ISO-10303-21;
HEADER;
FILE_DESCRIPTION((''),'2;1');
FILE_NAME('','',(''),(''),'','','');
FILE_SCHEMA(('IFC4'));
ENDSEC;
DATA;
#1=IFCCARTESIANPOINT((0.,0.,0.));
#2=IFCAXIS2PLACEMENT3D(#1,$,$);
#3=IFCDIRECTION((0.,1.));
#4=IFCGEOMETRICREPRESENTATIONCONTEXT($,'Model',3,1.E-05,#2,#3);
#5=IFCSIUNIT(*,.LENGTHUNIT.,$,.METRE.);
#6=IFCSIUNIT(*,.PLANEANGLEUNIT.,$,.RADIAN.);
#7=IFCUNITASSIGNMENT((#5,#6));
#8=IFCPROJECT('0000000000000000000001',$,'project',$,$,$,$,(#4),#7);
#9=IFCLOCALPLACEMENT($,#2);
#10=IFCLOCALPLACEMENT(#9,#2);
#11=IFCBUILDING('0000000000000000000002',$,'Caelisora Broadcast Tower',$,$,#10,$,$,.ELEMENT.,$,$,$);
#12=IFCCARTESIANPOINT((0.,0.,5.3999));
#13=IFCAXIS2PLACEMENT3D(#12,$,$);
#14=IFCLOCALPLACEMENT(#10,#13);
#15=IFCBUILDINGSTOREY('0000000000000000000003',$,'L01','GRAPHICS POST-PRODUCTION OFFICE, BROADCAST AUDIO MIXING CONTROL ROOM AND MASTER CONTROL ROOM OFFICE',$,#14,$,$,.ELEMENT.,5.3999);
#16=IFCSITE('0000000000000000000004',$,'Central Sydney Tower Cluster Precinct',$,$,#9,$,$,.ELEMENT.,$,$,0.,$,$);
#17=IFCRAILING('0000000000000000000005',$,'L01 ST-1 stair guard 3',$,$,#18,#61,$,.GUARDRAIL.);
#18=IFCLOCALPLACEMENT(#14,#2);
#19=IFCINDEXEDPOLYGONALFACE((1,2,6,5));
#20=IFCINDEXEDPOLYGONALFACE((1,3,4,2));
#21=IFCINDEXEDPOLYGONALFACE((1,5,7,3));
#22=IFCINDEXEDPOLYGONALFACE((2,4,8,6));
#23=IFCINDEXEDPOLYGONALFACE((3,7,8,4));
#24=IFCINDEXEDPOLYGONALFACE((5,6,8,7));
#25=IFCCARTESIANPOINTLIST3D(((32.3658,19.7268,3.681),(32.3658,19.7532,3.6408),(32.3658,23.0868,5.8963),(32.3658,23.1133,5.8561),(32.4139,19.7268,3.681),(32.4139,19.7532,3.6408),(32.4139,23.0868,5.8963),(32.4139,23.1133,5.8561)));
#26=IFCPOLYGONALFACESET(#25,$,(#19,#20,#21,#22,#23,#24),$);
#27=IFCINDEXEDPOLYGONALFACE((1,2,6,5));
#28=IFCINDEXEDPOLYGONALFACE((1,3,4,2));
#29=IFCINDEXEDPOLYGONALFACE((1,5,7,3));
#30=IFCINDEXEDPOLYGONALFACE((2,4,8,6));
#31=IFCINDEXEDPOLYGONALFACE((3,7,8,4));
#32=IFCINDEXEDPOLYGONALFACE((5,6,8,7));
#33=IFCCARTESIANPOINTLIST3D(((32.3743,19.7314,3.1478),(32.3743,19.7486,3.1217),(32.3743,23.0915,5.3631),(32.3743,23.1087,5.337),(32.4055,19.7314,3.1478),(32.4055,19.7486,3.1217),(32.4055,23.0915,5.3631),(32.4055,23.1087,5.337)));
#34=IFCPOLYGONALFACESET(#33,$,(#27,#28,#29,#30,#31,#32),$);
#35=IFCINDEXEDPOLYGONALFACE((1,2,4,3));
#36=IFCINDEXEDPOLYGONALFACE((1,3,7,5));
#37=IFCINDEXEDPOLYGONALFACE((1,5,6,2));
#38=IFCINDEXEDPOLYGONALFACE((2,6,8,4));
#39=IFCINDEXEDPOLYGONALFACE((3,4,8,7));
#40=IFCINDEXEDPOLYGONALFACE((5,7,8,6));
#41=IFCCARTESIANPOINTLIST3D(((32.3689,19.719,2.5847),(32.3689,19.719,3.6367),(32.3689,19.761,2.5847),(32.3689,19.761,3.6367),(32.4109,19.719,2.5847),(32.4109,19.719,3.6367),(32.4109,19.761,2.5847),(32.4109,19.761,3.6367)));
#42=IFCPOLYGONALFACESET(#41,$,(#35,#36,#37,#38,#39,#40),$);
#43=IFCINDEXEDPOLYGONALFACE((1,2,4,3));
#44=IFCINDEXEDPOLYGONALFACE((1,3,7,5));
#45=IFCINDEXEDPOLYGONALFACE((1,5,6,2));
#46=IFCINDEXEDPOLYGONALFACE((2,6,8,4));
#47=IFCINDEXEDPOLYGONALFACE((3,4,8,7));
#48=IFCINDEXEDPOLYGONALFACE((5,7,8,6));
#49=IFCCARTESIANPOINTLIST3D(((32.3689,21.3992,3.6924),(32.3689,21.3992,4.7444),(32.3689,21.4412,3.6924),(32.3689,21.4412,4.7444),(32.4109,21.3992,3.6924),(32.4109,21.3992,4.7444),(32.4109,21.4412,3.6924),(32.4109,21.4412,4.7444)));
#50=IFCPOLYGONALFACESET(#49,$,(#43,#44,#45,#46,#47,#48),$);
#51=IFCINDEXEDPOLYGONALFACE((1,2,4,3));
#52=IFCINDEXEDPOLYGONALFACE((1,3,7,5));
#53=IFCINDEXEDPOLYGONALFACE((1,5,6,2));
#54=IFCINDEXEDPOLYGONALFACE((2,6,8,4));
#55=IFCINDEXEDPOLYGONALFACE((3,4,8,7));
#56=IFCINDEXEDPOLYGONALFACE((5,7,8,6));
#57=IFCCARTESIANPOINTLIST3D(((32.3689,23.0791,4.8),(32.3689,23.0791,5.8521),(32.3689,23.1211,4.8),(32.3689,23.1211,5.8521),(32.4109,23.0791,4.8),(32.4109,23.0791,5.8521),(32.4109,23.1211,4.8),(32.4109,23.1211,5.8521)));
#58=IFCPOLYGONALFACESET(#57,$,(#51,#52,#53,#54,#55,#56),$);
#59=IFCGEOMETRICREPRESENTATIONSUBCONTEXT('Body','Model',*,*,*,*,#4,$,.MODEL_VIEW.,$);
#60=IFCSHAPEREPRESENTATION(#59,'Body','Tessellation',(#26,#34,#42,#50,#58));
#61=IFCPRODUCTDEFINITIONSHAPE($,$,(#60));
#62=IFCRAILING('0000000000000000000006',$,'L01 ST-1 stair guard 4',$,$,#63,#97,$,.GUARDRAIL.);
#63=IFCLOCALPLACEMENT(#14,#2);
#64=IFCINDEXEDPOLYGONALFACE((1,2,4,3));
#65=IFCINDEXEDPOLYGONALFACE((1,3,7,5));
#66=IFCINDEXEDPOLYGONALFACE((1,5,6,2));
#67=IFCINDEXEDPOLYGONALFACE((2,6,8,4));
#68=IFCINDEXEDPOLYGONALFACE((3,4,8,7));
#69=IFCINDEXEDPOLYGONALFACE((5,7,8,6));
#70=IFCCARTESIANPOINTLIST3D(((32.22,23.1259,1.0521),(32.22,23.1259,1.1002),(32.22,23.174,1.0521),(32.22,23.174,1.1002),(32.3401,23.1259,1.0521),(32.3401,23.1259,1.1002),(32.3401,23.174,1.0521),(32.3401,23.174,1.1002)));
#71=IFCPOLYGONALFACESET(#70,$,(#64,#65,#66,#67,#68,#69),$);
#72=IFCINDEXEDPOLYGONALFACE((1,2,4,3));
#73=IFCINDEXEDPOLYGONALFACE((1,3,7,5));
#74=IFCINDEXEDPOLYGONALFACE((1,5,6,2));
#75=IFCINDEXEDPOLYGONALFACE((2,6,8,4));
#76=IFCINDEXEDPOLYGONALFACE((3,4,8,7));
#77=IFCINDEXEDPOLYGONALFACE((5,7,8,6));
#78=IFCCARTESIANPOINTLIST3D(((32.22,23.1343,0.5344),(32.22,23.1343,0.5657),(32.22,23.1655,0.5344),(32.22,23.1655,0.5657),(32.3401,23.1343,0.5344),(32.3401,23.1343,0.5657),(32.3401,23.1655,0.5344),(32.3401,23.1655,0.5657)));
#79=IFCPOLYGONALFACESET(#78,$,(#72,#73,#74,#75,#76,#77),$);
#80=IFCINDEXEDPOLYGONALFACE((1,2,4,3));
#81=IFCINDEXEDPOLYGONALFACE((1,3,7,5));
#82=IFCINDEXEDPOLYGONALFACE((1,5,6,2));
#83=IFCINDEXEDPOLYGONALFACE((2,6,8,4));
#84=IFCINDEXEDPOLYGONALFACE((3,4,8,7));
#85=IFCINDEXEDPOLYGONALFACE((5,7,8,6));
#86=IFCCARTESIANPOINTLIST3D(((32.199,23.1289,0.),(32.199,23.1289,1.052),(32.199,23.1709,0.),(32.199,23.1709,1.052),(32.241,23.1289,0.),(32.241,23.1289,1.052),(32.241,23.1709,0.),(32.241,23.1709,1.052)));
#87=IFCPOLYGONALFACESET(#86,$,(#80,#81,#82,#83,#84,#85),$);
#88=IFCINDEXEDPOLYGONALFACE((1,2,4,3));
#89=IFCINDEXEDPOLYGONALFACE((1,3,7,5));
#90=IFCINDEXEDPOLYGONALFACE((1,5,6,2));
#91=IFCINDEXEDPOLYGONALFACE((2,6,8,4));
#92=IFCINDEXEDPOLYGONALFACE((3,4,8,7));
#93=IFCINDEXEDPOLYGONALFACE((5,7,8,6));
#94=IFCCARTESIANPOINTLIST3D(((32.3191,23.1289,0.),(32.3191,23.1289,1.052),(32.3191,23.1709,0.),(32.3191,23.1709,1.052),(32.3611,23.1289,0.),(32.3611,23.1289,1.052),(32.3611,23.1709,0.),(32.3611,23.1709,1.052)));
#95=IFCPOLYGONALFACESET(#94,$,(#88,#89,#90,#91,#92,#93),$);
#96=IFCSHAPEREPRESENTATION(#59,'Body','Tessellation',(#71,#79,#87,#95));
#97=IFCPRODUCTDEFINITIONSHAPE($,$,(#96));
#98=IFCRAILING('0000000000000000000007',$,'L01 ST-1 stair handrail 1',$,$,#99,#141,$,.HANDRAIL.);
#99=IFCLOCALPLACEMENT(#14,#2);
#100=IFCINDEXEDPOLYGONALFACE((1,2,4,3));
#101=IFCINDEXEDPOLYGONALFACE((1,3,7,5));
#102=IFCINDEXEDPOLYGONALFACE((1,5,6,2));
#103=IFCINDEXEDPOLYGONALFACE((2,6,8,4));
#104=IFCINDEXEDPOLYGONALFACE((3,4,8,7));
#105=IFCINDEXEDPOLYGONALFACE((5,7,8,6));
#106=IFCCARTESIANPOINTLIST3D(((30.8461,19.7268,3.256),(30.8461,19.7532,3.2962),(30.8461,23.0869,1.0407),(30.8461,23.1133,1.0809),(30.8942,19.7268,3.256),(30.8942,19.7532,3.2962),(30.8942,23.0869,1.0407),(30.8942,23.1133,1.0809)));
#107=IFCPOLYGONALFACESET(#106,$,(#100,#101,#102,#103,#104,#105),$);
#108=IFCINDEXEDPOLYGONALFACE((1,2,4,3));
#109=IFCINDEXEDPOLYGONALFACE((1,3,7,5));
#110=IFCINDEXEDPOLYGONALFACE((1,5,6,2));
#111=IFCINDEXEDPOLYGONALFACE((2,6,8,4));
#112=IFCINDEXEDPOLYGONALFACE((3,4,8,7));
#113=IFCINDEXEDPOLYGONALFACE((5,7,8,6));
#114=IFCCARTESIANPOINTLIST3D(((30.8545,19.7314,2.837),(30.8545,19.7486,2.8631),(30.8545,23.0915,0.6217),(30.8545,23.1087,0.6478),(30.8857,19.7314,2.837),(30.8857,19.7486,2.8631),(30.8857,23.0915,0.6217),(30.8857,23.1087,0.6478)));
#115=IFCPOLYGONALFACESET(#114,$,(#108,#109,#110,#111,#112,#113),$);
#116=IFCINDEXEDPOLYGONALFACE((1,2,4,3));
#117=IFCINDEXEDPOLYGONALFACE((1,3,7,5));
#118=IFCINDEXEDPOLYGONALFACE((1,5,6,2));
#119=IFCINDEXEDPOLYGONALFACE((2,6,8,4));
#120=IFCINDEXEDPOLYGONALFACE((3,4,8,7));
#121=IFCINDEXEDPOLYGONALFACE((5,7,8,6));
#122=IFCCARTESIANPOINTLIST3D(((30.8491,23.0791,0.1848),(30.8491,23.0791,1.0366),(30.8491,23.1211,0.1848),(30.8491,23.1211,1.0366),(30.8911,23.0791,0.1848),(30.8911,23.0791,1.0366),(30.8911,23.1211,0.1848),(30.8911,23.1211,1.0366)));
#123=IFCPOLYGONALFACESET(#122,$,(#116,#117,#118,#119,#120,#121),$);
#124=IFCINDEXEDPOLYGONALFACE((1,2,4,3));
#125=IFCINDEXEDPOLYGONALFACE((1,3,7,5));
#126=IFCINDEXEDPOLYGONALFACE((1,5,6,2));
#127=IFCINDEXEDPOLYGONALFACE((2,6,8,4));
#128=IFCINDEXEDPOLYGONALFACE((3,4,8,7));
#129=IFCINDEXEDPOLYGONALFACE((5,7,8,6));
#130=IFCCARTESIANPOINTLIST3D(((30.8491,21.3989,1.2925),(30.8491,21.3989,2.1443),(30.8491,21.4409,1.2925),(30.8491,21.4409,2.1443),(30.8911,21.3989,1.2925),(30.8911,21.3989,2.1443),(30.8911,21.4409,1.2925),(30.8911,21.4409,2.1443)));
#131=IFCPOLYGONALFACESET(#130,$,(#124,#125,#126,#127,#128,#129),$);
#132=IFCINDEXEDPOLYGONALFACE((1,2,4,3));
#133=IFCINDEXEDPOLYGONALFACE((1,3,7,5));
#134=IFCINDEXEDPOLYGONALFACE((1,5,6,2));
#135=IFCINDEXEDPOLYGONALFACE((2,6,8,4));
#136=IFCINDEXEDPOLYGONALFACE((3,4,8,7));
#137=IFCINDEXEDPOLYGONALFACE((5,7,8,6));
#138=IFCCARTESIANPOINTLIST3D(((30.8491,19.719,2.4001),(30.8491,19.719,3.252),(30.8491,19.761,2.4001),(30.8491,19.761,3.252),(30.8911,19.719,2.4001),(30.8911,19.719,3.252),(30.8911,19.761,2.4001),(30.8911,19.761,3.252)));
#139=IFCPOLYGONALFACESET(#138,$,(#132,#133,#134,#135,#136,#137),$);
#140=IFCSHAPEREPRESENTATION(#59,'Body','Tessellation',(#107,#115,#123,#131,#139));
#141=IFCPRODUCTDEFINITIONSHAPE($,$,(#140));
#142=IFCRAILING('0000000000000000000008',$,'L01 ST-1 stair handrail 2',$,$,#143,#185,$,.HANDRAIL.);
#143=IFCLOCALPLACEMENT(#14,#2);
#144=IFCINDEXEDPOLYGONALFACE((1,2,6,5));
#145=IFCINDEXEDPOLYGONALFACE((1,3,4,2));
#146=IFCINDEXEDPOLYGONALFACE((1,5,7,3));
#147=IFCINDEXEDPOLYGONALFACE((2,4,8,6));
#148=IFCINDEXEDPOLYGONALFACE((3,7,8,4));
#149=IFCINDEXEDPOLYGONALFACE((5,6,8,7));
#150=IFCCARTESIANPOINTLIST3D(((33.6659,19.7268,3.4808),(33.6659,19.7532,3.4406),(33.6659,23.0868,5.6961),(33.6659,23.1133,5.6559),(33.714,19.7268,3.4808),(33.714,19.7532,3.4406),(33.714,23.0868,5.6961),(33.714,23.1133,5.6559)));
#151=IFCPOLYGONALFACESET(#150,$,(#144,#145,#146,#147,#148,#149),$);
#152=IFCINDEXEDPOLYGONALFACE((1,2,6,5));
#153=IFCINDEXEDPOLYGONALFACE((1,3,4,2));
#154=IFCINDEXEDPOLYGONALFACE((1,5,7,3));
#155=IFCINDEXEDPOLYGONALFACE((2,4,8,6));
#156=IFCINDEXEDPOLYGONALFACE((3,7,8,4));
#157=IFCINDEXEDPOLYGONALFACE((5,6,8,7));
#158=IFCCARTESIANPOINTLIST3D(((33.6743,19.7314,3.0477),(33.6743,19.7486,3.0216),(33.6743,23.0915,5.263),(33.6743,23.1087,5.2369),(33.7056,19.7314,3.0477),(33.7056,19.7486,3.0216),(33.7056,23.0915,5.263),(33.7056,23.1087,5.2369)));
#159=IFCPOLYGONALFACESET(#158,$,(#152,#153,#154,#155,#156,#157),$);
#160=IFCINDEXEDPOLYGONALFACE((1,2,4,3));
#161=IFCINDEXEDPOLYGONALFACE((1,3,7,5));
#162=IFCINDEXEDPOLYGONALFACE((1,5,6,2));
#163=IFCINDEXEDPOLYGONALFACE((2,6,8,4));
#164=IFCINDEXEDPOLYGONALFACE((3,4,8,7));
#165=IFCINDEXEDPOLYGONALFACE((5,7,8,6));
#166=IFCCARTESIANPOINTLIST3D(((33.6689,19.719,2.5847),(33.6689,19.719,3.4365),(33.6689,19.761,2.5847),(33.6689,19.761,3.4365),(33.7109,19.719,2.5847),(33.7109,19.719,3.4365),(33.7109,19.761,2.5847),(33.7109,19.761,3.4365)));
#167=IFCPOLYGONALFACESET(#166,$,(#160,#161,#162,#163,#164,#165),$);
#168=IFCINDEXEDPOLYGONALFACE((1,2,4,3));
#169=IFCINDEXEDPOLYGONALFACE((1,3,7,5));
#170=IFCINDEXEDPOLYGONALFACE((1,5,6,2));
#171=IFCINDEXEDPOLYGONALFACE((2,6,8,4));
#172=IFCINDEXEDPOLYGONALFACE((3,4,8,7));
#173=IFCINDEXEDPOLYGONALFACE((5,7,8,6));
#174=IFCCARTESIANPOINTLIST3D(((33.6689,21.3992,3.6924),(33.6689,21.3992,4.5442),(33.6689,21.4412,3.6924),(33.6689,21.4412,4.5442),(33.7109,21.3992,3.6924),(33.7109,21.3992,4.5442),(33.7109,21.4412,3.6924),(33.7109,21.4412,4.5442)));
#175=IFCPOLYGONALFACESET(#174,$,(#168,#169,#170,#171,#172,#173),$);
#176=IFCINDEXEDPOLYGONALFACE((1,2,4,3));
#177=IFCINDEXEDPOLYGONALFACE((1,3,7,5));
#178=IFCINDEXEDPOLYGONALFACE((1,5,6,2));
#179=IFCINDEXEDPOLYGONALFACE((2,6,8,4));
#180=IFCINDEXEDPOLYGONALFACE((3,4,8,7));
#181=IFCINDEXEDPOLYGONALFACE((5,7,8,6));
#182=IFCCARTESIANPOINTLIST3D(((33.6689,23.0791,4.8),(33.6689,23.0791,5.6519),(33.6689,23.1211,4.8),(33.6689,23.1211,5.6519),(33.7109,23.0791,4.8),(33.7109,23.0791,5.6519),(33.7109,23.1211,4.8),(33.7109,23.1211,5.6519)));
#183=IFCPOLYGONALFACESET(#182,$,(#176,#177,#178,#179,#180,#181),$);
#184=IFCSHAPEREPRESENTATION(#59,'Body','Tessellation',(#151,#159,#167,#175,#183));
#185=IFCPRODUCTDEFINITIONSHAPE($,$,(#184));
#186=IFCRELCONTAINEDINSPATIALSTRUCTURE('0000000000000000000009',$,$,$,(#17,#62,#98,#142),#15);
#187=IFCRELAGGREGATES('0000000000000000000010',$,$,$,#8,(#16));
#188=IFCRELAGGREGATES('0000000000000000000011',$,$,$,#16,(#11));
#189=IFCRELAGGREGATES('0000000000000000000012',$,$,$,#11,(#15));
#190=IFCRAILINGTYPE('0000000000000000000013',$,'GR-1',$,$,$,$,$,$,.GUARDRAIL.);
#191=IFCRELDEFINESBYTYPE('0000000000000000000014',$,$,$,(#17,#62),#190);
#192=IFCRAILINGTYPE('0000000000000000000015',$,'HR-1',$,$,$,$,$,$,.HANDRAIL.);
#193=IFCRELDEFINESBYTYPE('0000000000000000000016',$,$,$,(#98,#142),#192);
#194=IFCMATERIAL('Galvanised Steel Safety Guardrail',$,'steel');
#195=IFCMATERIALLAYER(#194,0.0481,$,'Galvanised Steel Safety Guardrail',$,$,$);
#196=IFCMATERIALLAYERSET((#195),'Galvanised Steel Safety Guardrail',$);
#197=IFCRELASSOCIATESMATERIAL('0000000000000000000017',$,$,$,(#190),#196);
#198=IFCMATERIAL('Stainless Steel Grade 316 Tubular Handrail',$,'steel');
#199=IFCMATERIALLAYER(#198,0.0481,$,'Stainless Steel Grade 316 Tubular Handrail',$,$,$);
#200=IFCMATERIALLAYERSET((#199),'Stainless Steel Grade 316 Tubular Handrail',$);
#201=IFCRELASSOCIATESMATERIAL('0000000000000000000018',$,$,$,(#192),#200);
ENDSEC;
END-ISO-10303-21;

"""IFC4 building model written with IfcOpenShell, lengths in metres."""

from ifc_helpers import new_model, si_unit, direction, frame, origin, origin_2d, place, context, subcontext, project, spatial, rectangle, extrude, material, layer, layer_set, type_object, element, save


model = new_model("IFC4")

# Units and contexts
model_context = context("Model", 3, precision=1e-05, world=origin(), true_north=direction((0.0, 1.0)))
body_context = subcontext(model_context, "Body", "Model", "MODEL_VIEW")
ifc_project = project(units=[si_unit("LENGTHUNIT", "METRE"), si_unit("PLANEANGLEUNIT", "RADIAN")], contexts=[model_context])

# Site, building, storey
site_placement = place(None, origin())
site = spatial("IfcSite", under=ifc_project, at=site_placement, Name="Central Sydney Tower Cluster Precinct", CompositionType="ELEMENT", RefElevation=0.0)
building_placement = place(site_placement, origin())
building = spatial("IfcBuilding", under=site, at=building_placement, Name="Caelisora Broadcast Tower", CompositionType="ELEMENT")
storey_placement = place(building_placement, frame((0.0, 0.0, 5.3999)))
storey = spatial("IfcBuildingStorey", under=building, at=storey_placement, Name="L01", Description="GRAPHICS POST-PRODUCTION OFFICE, BROADCAST AUDIO MIXING CONTROL ROOM AND MASTER CONTROL ROOM OFFICE", CompositionType="ELEMENT", Elevation=5.3999)

# Railings
ifc_material_1 = material(Name="Galvanised Steel Safety Guardrail", Category="steel")
ifc_layer_1 = layer(ifc_material_1, 0.0481, Name="Galvanised Steel Safety Guardrail")
ifc_layer_set_1 = layer_set([ifc_layer_1], Name="Galvanised Steel Safety Guardrail")
railing_type_1 = type_object("IfcRailingType", Name="GR-1", PredefinedType="GUARDRAIL", material=ifc_layer_set_1)
railing_1_placement = place(storey_placement, frame((32.3899, 19.74, 2.5847)))
element("IfcRailing", 1, at=railing_1_placement, inside=storey, type_object=railing_type_1, Name="L01 ST-1 stair guard 3", PredefinedType="GUARDRAIL", context=body_context, shape_type="SweptSolid", body=[
    extrude(rectangle(XDim=0.0481, YDim=0.0481, at=origin_2d()), frame((0.0, 0.0, 1.0762), z_axis=(0.0, 0.834876, 0.550437), x_axis=(-1.0, 0.0, 0.0)), (0.0, 0.0, 1.0), 4.0247),
    extrude(rectangle(XDim=0.0312, YDim=0.0312, at=origin_2d()), frame((0.0, 0.0, 0.55), z_axis=(0.0, 0.834876, 0.550437), x_axis=(-1.0, 0.0, 0.0)), (0.0, 0.0, 1.0), 4.0247),
    extrude(rectangle(XDim=0.042, YDim=0.042, at=origin_2d()), origin(), (0.0, 0.0, 1.0), 1.052),
    extrude(rectangle(XDim=0.042, YDim=0.042, at=origin_2d()), frame((0.0, 1.6802, 1.1077)), (0.0, 0.0, 1.0), 1.052),
    extrude(rectangle(XDim=0.042, YDim=0.042, at=origin_2d()), frame((0.0, 3.3601, 2.2153)), (0.0, 0.0, 1.0), 1.052),
])
railing_2_placement = place(storey_placement, frame((32.22, 23.1499, 0.0)))
element("IfcRailing", 2, at=railing_2_placement, inside=storey, type_object=railing_type_1, Name="L01 ST-1 stair guard 4", PredefinedType="GUARDRAIL", context=body_context, shape_type="SweptSolid", body=[
    extrude(rectangle(XDim=0.0481, YDim=0.0481, at=origin_2d()), frame((0.0, 0.0, 1.0762), z_axis=(1.0, 0.0, 0.0), x_axis=(0.0, 1.0, 0.0)), (0.0, 0.0, 1.0), 0.1201),
    extrude(rectangle(XDim=0.0312, YDim=0.0312, at=origin_2d()), frame((0.0, 0.0, 0.55), z_axis=(1.0, 0.0, 0.0), x_axis=(0.0, 1.0, 0.0)), (0.0, 0.0, 1.0), 0.1201),
    extrude(rectangle(XDim=0.042, YDim=0.042, at=origin_2d()), origin(), (0.0, 0.0, 1.0), 1.052),
    extrude(rectangle(XDim=0.042, YDim=0.042, at=origin_2d()), frame((0.1201, 0.0, 0.0)), (0.0, 0.0, 1.0), 1.052),
])
ifc_material_2 = material(Name="Stainless Steel Grade 316 Tubular Handrail", Category="steel")
ifc_layer_2 = layer(ifc_material_2, 0.0481, Name="Stainless Steel Grade 316 Tubular Handrail")
ifc_layer_set_2 = layer_set([ifc_layer_2], Name="Stainless Steel Grade 316 Tubular Handrail")
railing_type_2 = type_object("IfcRailingType", Name="HR-1", PredefinedType="HANDRAIL", material=ifc_layer_set_2)
railing_3_placement = place(storey_placement, frame((30.8701, 23.1001, 0.1848)))
element("IfcRailing", 3, at=railing_3_placement, inside=storey, type_object=railing_type_2, Name="L01 ST-1 stair handrail 1", PredefinedType="HANDRAIL", context=body_context, shape_type="SweptSolid", body=[
    extrude(rectangle(XDim=0.0481, YDim=0.0481, at=origin_2d()), frame((0.0, 0.0, 0.876), z_axis=(0.0, -0.834876, 0.550437), x_axis=(1.0, 0.0, 0.0)), (0.0, 0.0, 1.0), 4.0247),
    extrude(rectangle(XDim=0.0312, YDim=0.0312, at=origin_2d()), frame((0.0, 0.0, 0.45), z_axis=(0.0, -0.834876, 0.550437), x_axis=(1.0, 0.0, 0.0)), (0.0, 0.0, 1.0), 4.0247),
    extrude(rectangle(XDim=0.042, YDim=0.042, at=origin_2d()), origin(), (0.0, 0.0, 1.0), 0.8518),
    extrude(rectangle(XDim=0.042, YDim=0.042, at=origin_2d()), frame((0.0, -1.6802, 1.1077)), (0.0, 0.0, 1.0), 0.8518),
    extrude(rectangle(XDim=0.042, YDim=0.042, at=origin_2d()), frame((0.0, -3.3601, 2.2153)), (0.0, 0.0, 1.0), 0.8518),
])
railing_4_placement = place(storey_placement, frame((33.6899, 19.74, 2.5847)))
element("IfcRailing", 4, at=railing_4_placement, inside=storey, type_object=railing_type_2, Name="L01 ST-1 stair handrail 2", PredefinedType="HANDRAIL", context=body_context, shape_type="SweptSolid", body=[
    extrude(rectangle(XDim=0.0481, YDim=0.0481, at=origin_2d()), frame((0.0, 0.0, 0.876), z_axis=(0.0, 0.834876, 0.550437), x_axis=(-1.0, 0.0, 0.0)), (0.0, 0.0, 1.0), 4.0247),
    extrude(rectangle(XDim=0.0312, YDim=0.0312, at=origin_2d()), frame((0.0, 0.0, 0.45), z_axis=(0.0, 0.834876, 0.550437), x_axis=(-1.0, 0.0, 0.0)), (0.0, 0.0, 1.0), 4.0247),
    extrude(rectangle(XDim=0.042, YDim=0.042, at=origin_2d()), origin(), (0.0, 0.0, 1.0), 0.8518),
    extrude(rectangle(XDim=0.042, YDim=0.042, at=origin_2d()), frame((0.0, 1.6802, 1.1077)), (0.0, 0.0, 1.0), 0.8518),
    extrude(rectangle(XDim=0.042, YDim=0.042, at=origin_2d()), frame((0.0, 3.3601, 2.2153)), (0.0, 0.0, 1.0), 0.8518),
])

save(model, "model.ifc")
